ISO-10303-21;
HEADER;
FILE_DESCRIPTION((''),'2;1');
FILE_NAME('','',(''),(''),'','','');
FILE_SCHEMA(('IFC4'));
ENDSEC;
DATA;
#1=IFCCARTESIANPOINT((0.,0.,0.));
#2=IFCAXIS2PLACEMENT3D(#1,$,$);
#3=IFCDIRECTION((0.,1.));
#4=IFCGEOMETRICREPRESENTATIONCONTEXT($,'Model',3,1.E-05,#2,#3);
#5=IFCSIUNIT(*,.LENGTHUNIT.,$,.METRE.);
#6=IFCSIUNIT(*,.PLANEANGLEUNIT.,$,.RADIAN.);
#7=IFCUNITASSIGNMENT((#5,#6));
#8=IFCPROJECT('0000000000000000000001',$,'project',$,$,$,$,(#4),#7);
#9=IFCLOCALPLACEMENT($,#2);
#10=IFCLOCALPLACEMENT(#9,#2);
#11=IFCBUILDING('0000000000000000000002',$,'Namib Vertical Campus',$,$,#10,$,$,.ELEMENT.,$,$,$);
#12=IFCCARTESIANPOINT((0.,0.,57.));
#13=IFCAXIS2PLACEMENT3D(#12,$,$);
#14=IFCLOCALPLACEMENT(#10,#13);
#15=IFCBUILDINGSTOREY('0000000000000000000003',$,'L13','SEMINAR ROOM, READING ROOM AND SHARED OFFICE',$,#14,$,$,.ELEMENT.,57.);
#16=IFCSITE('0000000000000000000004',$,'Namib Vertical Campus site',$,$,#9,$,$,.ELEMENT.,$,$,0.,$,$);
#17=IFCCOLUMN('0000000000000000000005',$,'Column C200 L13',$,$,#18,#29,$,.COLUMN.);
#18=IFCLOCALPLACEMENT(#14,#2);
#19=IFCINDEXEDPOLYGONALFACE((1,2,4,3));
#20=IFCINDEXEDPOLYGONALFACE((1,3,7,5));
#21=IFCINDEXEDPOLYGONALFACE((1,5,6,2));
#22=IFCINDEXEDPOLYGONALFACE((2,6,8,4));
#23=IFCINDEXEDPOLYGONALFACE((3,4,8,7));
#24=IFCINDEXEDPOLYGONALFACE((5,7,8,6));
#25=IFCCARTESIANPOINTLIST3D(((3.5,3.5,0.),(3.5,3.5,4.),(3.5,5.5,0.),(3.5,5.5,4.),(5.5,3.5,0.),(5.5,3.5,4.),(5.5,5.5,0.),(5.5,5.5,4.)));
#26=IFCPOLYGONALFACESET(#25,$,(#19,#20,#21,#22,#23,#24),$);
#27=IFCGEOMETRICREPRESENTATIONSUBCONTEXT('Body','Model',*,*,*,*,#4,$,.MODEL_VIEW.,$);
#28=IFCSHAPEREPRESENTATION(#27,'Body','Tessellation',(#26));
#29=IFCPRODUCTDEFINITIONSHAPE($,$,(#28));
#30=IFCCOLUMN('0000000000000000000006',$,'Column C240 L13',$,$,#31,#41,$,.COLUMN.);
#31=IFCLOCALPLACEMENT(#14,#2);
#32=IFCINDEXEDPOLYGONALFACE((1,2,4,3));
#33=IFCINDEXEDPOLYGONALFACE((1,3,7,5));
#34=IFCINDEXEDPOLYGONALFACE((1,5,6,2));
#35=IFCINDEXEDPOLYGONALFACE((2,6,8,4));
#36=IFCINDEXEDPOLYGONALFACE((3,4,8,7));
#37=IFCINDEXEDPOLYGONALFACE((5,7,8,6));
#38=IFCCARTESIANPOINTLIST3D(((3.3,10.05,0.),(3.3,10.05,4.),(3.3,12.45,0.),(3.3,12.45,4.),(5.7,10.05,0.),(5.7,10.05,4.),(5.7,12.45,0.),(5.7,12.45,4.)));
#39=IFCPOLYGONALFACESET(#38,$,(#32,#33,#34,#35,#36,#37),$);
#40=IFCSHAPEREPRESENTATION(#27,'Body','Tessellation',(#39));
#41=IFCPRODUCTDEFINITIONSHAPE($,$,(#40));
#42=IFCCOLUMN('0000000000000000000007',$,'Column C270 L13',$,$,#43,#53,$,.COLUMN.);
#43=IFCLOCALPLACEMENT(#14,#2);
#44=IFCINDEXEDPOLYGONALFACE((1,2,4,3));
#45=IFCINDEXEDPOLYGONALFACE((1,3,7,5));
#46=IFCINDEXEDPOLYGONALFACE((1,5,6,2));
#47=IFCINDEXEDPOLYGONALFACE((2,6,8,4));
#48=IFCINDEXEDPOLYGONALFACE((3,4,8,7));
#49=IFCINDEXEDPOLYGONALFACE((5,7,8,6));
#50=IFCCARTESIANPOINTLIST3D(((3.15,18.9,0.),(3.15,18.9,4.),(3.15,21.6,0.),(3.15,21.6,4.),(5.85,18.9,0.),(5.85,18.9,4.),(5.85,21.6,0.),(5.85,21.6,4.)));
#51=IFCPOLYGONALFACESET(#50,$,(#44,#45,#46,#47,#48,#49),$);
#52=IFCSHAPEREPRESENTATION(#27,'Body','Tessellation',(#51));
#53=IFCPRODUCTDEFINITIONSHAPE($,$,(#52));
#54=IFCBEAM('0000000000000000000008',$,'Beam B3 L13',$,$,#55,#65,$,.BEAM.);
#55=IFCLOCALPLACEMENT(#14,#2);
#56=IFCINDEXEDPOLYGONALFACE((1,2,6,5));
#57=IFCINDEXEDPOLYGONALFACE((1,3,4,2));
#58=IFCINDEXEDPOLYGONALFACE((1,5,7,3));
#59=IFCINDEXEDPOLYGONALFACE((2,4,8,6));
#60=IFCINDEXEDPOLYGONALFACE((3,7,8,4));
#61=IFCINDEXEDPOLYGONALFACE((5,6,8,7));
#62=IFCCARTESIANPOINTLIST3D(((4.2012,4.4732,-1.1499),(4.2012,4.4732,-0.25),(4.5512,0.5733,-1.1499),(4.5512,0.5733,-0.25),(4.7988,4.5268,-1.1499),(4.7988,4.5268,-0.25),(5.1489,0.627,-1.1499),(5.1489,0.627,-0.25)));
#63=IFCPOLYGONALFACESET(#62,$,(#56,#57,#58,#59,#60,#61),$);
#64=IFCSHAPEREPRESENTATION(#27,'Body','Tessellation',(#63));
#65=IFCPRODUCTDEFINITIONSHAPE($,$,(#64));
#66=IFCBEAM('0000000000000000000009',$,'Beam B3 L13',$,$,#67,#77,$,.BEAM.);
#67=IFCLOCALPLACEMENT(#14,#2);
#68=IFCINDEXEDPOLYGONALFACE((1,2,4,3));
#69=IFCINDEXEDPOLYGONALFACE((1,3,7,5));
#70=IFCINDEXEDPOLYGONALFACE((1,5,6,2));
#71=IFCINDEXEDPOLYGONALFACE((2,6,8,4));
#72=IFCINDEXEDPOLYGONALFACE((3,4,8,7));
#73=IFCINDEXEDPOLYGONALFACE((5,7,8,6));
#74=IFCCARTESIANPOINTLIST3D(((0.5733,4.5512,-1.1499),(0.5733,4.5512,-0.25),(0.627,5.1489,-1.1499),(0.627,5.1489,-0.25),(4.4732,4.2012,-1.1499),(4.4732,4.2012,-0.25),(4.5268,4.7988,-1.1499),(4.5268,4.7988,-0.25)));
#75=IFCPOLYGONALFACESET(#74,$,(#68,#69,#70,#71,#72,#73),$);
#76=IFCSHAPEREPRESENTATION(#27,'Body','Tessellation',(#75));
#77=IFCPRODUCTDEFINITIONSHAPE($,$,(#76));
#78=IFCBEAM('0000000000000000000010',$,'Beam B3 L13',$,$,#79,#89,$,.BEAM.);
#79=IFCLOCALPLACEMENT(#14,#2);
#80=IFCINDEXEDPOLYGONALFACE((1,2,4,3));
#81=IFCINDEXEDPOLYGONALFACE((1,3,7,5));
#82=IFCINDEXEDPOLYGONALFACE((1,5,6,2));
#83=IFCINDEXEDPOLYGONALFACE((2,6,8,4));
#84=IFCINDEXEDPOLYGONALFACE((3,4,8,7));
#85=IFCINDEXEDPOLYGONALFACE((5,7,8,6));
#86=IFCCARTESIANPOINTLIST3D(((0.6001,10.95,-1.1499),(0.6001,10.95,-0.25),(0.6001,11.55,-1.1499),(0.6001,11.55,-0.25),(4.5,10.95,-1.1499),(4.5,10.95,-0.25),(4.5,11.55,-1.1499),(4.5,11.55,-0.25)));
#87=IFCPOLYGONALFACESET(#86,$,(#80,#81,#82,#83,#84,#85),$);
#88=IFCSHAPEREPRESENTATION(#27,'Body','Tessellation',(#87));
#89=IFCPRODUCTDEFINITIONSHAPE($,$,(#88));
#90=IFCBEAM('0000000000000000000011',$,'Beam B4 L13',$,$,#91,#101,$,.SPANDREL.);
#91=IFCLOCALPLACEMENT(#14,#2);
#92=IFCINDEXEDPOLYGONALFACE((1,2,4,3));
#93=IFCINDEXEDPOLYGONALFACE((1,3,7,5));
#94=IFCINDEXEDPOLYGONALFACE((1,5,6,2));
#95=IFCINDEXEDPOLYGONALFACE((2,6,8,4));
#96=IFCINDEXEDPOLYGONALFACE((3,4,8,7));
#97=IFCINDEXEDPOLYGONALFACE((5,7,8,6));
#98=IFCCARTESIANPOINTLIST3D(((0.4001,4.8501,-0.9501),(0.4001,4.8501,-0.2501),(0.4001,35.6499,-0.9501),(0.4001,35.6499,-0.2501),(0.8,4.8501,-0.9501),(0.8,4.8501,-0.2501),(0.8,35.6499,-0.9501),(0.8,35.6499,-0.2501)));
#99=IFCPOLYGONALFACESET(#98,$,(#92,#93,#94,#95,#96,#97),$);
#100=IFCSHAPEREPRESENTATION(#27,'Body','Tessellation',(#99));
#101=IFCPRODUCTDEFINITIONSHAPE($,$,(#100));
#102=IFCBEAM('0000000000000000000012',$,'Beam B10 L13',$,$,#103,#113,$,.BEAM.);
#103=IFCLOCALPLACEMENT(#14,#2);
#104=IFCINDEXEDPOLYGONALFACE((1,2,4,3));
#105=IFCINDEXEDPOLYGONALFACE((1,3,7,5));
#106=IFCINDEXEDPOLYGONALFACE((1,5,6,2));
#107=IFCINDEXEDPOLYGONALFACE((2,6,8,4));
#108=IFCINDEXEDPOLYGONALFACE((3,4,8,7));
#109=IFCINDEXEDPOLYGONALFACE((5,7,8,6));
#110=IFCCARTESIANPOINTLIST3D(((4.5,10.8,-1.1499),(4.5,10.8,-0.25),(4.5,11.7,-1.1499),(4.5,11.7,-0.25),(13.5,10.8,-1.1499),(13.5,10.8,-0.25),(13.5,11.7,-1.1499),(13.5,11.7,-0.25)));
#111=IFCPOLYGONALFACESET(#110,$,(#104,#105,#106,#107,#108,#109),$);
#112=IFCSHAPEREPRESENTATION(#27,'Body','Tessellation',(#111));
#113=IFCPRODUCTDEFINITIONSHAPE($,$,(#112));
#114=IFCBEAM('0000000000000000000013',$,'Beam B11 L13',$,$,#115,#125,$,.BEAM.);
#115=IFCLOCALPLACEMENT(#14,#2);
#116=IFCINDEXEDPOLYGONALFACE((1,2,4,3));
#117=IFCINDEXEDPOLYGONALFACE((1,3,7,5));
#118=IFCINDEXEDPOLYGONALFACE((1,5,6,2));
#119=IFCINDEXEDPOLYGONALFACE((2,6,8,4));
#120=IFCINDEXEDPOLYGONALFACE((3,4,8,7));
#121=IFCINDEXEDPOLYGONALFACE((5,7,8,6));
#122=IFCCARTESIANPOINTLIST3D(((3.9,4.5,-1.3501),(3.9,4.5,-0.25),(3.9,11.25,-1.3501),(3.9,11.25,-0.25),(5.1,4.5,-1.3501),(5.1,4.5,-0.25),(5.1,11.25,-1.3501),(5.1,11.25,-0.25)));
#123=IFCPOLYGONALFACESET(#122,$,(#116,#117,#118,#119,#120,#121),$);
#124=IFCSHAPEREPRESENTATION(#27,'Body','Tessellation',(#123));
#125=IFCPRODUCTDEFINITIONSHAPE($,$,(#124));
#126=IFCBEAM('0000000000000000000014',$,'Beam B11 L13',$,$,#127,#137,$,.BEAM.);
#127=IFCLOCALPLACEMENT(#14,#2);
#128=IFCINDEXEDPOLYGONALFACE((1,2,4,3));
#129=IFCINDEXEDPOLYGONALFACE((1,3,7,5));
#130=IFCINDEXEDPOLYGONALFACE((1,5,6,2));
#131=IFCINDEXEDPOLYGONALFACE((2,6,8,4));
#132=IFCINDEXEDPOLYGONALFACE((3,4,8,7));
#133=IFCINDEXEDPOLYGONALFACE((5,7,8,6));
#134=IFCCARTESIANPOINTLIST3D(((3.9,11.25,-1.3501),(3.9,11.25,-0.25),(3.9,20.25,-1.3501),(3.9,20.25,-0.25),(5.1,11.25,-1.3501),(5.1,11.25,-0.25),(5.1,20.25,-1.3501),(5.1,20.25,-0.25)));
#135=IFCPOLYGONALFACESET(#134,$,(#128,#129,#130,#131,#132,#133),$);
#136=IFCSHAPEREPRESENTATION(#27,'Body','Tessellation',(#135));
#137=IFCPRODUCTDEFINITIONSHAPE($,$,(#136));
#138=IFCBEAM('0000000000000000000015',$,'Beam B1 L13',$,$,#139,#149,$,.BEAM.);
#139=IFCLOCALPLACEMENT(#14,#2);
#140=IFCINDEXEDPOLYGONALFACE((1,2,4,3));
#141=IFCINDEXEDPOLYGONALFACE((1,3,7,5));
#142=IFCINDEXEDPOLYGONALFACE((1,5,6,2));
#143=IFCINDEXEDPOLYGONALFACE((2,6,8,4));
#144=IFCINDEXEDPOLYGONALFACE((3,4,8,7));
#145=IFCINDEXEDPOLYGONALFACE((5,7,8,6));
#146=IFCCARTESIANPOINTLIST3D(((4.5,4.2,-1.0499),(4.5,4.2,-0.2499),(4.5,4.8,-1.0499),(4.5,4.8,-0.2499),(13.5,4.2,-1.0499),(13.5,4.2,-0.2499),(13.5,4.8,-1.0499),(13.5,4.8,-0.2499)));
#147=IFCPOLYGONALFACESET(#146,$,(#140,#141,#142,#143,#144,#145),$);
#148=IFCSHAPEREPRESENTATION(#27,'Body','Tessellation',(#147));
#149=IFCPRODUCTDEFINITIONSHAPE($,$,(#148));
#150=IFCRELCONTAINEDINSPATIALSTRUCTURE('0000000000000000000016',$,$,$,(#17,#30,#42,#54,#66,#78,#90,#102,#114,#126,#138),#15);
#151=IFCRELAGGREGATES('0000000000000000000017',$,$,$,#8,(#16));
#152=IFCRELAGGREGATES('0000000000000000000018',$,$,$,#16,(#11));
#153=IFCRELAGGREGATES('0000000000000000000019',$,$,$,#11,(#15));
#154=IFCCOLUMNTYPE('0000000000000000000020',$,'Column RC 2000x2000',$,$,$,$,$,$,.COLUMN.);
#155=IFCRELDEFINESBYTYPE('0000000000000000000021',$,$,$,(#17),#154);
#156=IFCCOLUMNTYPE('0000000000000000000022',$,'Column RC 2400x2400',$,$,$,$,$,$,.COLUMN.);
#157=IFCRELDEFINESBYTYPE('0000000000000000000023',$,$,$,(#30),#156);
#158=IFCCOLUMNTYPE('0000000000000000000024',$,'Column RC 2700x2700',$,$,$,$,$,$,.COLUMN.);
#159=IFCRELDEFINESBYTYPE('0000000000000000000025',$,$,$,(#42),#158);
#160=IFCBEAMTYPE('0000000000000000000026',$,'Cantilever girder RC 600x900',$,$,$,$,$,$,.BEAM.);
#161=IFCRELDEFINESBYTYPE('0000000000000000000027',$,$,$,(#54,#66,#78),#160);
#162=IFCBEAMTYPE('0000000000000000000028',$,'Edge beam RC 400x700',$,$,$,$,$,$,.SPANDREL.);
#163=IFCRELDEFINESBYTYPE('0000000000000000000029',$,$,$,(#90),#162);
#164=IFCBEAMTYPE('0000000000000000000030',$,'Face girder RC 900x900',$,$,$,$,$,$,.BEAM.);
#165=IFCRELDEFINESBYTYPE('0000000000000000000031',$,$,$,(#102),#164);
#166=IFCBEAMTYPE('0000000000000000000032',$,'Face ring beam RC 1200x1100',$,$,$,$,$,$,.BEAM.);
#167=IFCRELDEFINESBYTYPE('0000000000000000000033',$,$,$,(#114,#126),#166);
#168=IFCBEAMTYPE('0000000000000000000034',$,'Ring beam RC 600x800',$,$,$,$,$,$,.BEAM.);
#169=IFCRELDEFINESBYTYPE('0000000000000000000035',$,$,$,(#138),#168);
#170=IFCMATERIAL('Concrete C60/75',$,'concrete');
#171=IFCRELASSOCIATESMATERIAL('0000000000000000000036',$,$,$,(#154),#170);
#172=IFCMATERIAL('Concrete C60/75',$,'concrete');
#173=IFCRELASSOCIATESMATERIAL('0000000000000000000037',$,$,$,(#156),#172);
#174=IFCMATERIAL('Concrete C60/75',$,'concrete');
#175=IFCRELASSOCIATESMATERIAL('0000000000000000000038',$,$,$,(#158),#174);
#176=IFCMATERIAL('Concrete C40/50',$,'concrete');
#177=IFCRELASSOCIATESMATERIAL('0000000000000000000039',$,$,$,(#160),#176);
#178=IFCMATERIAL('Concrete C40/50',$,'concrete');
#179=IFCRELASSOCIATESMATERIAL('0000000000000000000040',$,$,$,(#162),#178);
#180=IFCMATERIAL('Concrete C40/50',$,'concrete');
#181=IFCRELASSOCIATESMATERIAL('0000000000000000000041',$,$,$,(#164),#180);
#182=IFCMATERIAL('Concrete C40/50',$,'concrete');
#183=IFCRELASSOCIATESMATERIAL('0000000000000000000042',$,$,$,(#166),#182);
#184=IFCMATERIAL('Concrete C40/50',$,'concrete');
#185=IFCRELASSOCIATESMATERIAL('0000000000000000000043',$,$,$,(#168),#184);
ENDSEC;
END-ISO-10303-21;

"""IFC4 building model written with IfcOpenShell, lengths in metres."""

from ifc_helpers import new_model, si_unit, direction, frame, origin, origin_2d, place, context, subcontext, project, spatial, rectangle, extrude, material, material_profile, profile_set, type_object, element, save


model = new_model("IFC4")

# Units and contexts
model_context = context("Model", 3, precision=1e-05, world=origin(), true_north=direction((0.0, 1.0)))
body_context = subcontext(model_context, "Body", "Model", "MODEL_VIEW")
ifc_project = project(units=[si_unit("LENGTHUNIT", "METRE"), si_unit("PLANEANGLEUNIT", "RADIAN")], contexts=[model_context])

# Site, building, storey
site_placement = place(None, origin())
site = spatial("IfcSite", under=ifc_project, at=site_placement, Name="Namib Vertical Campus site", CompositionType="ELEMENT", RefElevation=0.0)
building_placement = place(site_placement, origin())
building = spatial("IfcBuilding", under=site, at=building_placement, Name="Namib Vertical Campus", CompositionType="ELEMENT")
storey_placement = place(building_placement, frame((0.0, 0.0, 57.0)))
storey = spatial("IfcBuildingStorey", under=building, at=storey_placement, Name="L13", Description="SEMINAR ROOM, READING ROOM AND SHARED OFFICE", CompositionType="ELEMENT", Elevation=57.0)

# Columns
ifc_material_1 = material(Name="Concrete C60/75", Category="concrete")
ifc_material_profile_1 = material_profile(ifc_material_1, rectangle(XDim=2.0, YDim=2.0, at=origin_2d()))
ifc_profile_set_1 = profile_set([ifc_material_profile_1], Name="Concrete C60/75")
column_type_1 = type_object("IfcColumnType", Name="Column RC 2000x2000", PredefinedType="COLUMN", material=ifc_profile_set_1)
column_1_placement = place(storey_placement, frame((4.5, 4.5, 0.0), z_axis=(0.0, 0.0, 1.0), x_axis=(1.0, 0.0, 0.0)))
element("IfcColumn", 1, at=column_1_placement, inside=storey, type_object=column_type_1, Name="Column C200 L13", PredefinedType="COLUMN", context=body_context, shape_type="SweptSolid", body=[
    extrude(rectangle(XDim=2.0, YDim=2.0, at=origin_2d()), origin(), (0.0, 0.0, 1.0), 4.0),
])
ifc_material_2 = material(Name="Concrete C60/75", Category="concrete")
ifc_material_profile_2 = material_profile(ifc_material_2, rectangle(XDim=2.3999, YDim=2.3999, at=origin_2d()))
ifc_profile_set_2 = profile_set([ifc_material_profile_2], Name="Concrete C60/75")
column_type_2 = type_object("IfcColumnType", Name="Column RC 2400x2400", PredefinedType="COLUMN", material=ifc_profile_set_2)
column_2_placement = place(storey_placement, frame((4.5, 11.25, 0.0), z_axis=(0.0, 0.0, 1.0), x_axis=(1.0, 0.0, 0.0)))
element("IfcColumn", 2, at=column_2_placement, inside=storey, type_object=column_type_2, Name="Column C240 L13", PredefinedType="COLUMN", context=body_context, shape_type="SweptSolid", body=[
    extrude(rectangle(XDim=2.3999, YDim=2.3999, at=origin_2d()), origin(), (0.0, 0.0, 1.0), 4.0),
])
ifc_material_3 = material(Name="Concrete C60/75", Category="concrete")
ifc_material_profile_3 = material_profile(ifc_material_3, rectangle(XDim=2.7, YDim=2.7, at=origin_2d()))
ifc_profile_set_3 = profile_set([ifc_material_profile_3], Name="Concrete C60/75")
column_type_3 = type_object("IfcColumnType", Name="Column RC 2700x2700", PredefinedType="COLUMN", material=ifc_profile_set_3)
column_3_placement = place(storey_placement, frame((4.5, 20.25, 0.0), z_axis=(0.0, 0.0, 1.0), x_axis=(1.0, 0.0, 0.0)))
element("IfcColumn", 3, at=column_3_placement, inside=storey, type_object=column_type_3, Name="Column C270 L13", PredefinedType="COLUMN", context=body_context, shape_type="SweptSolid", body=[
    extrude(rectangle(XDim=2.7, YDim=2.7, at=origin_2d()), origin(), (0.0, 0.0, 1.0), 4.0),
])

# Beams
ifc_material_4 = material(Name="Concrete C40/50", Category="concrete")
ifc_material_profile_4 = material_profile(ifc_material_4, rectangle(XDim=0.6001, YDim=0.8999, at=origin_2d()))
ifc_profile_set_4 = profile_set([ifc_material_profile_4], Name="Concrete C40/50")
beam_type_1 = type_object("IfcBeamType", Name="Cantilever girder RC 600x900", PredefinedType="BEAM", material=ifc_profile_set_4)
for number, where, z_axis, x_axis, name in (
    (4, (4.5, 4.5, -0.7), (0.089411, -0.995995, 0.0), (0.995995, 0.089411, 0.0), "Beam B3 L13"),
    (5, (4.5, 4.5, -0.7), (-0.995995, 0.089411, 0.0), (-0.089411, -0.995995, 0.0), "Beam B3 L13"),
):
    element("IfcBeam", number, at=place(storey_placement, frame(where, z_axis=z_axis, x_axis=x_axis)), inside=storey, type_object=beam_type_1, Name=name, PredefinedType="BEAM", context=body_context, shape_type="SweptSolid", body=[
        extrude(rectangle(XDim=0.6001, YDim=0.8999, at=origin_2d()), origin(), (0.0, 0.0, 1.0), 3.9155),
    ])
beam_1_placement = place(storey_placement, frame((4.5, 11.25, -0.7), z_axis=(-1.0, 0.0, 0.0), x_axis=(0.0, -1.0, 0.0)))
element("IfcBeam", 6, at=beam_1_placement, inside=storey, type_object=beam_type_1, Name="Beam B3 L13", PredefinedType="BEAM", context=body_context, shape_type="SweptSolid", body=[
    extrude(rectangle(XDim=0.6001, YDim=0.8999, at=origin_2d()), origin(), (0.0, 0.0, 1.0), 3.8999),
])
ifc_material_5 = material(Name="Concrete C40/50", Category="concrete")
ifc_material_profile_5 = material_profile(ifc_material_5, rectangle(XDim=0.3999, YDim=0.7, at=origin_2d()))
ifc_profile_set_5 = profile_set([ifc_material_profile_5], Name="Concrete C40/50")
beam_type_2 = type_object("IfcBeamType", Name="Edge beam RC 400x700", PredefinedType="SPANDREL", material=ifc_profile_set_5)
beam_2_placement = place(storey_placement, frame((0.6001, 4.8501, -0.6001), z_axis=(0.0, 1.0, 0.0), x_axis=(-1.0, 0.0, 0.0)))
element("IfcBeam", 7, at=beam_2_placement, inside=storey, type_object=beam_type_2, Name="Beam B4 L13", PredefinedType="SPANDREL", context=body_context, shape_type="SweptSolid", body=[
    extrude(rectangle(XDim=0.3999, YDim=0.7, at=origin_2d()), origin(), (0.0, 0.0, 1.0), 30.7998),
])
ifc_material_6 = material(Name="Concrete C40/50", Category="concrete")
ifc_material_profile_6 = material_profile(ifc_material_6, rectangle(XDim=0.8999, YDim=0.8999, at=origin_2d()))
ifc_profile_set_6 = profile_set([ifc_material_profile_6], Name="Concrete C40/50")
beam_type_3 = type_object("IfcBeamType", Name="Face girder RC 900x900", PredefinedType="BEAM", material=ifc_profile_set_6)
beam_3_placement = place(storey_placement, frame((4.5, 11.25, -0.7), z_axis=(1.0, 0.0, 0.0), x_axis=(0.0, 1.0, 0.0)))
element("IfcBeam", 8, at=beam_3_placement, inside=storey, type_object=beam_type_3, Name="Beam B10 L13", PredefinedType="BEAM", context=body_context, shape_type="SweptSolid", body=[
    extrude(rectangle(XDim=0.8999, YDim=0.8999, at=origin_2d()), origin(), (0.0, 0.0, 1.0), 9.0),
])
ifc_material_7 = material(Name="Concrete C40/50", Category="concrete")
ifc_material_profile_7 = material_profile(ifc_material_7, rectangle(XDim=1.2, YDim=1.1001, at=origin_2d()))
ifc_profile_set_7 = profile_set([ifc_material_profile_7], Name="Concrete C40/50")
beam_type_4 = type_object("IfcBeamType", Name="Face ring beam RC 1200x1100", PredefinedType="BEAM", material=ifc_profile_set_7)
beam_4_placement = place(storey_placement, frame((4.5, 4.5, -0.8), z_axis=(0.0, 1.0, 0.0), x_axis=(-1.0, 0.0, 0.0)))
element("IfcBeam", 9, at=beam_4_placement, inside=storey, type_object=beam_type_4, Name="Beam B11 L13", PredefinedType="BEAM", context=body_context, shape_type="SweptSolid", body=[
    extrude(rectangle(XDim=1.2, YDim=1.1001, at=origin_2d()), origin(), (0.0, 0.0, 1.0), 6.75),
])
beam_5_placement = place(storey_placement, frame((4.5, 11.25, -0.8), z_axis=(0.0, 1.0, 0.0), x_axis=(-1.0, 0.0, 0.0)))
element("IfcBeam", 10, at=beam_5_placement, inside=storey, type_object=beam_type_4, Name="Beam B11 L13", PredefinedType="BEAM", context=body_context, shape_type="SweptSolid", body=[
    extrude(rectangle(XDim=1.2, YDim=1.1001, at=origin_2d()), origin(), (0.0, 0.0, 1.0), 9.0),
])
ifc_material_8 = material(Name="Concrete C40/50", Category="concrete")
ifc_material_profile_8 = material_profile(ifc_material_8, rectangle(XDim=0.6001, YDim=0.8, at=origin_2d()))
ifc_profile_set_8 = profile_set([ifc_material_profile_8], Name="Concrete C40/50")
beam_type_5 = type_object("IfcBeamType", Name="Ring beam RC 600x800", PredefinedType="BEAM", material=ifc_profile_set_8)
beam_6_placement = place(storey_placement, frame((4.5, 4.5, -0.6499), z_axis=(1.0, 0.0, 0.0), x_axis=(0.0, 1.0, 0.0)))
element("IfcBeam", 11, at=beam_6_placement, inside=storey, type_object=beam_type_5, Name="Beam B1 L13", PredefinedType="BEAM", context=body_context, shape_type="SweptSolid", body=[
    extrude(rectangle(XDim=0.6001, YDim=0.8, at=origin_2d()), origin(), (0.0, 0.0, 1.0), 9.0),
])

save(model, "model.ifc")
